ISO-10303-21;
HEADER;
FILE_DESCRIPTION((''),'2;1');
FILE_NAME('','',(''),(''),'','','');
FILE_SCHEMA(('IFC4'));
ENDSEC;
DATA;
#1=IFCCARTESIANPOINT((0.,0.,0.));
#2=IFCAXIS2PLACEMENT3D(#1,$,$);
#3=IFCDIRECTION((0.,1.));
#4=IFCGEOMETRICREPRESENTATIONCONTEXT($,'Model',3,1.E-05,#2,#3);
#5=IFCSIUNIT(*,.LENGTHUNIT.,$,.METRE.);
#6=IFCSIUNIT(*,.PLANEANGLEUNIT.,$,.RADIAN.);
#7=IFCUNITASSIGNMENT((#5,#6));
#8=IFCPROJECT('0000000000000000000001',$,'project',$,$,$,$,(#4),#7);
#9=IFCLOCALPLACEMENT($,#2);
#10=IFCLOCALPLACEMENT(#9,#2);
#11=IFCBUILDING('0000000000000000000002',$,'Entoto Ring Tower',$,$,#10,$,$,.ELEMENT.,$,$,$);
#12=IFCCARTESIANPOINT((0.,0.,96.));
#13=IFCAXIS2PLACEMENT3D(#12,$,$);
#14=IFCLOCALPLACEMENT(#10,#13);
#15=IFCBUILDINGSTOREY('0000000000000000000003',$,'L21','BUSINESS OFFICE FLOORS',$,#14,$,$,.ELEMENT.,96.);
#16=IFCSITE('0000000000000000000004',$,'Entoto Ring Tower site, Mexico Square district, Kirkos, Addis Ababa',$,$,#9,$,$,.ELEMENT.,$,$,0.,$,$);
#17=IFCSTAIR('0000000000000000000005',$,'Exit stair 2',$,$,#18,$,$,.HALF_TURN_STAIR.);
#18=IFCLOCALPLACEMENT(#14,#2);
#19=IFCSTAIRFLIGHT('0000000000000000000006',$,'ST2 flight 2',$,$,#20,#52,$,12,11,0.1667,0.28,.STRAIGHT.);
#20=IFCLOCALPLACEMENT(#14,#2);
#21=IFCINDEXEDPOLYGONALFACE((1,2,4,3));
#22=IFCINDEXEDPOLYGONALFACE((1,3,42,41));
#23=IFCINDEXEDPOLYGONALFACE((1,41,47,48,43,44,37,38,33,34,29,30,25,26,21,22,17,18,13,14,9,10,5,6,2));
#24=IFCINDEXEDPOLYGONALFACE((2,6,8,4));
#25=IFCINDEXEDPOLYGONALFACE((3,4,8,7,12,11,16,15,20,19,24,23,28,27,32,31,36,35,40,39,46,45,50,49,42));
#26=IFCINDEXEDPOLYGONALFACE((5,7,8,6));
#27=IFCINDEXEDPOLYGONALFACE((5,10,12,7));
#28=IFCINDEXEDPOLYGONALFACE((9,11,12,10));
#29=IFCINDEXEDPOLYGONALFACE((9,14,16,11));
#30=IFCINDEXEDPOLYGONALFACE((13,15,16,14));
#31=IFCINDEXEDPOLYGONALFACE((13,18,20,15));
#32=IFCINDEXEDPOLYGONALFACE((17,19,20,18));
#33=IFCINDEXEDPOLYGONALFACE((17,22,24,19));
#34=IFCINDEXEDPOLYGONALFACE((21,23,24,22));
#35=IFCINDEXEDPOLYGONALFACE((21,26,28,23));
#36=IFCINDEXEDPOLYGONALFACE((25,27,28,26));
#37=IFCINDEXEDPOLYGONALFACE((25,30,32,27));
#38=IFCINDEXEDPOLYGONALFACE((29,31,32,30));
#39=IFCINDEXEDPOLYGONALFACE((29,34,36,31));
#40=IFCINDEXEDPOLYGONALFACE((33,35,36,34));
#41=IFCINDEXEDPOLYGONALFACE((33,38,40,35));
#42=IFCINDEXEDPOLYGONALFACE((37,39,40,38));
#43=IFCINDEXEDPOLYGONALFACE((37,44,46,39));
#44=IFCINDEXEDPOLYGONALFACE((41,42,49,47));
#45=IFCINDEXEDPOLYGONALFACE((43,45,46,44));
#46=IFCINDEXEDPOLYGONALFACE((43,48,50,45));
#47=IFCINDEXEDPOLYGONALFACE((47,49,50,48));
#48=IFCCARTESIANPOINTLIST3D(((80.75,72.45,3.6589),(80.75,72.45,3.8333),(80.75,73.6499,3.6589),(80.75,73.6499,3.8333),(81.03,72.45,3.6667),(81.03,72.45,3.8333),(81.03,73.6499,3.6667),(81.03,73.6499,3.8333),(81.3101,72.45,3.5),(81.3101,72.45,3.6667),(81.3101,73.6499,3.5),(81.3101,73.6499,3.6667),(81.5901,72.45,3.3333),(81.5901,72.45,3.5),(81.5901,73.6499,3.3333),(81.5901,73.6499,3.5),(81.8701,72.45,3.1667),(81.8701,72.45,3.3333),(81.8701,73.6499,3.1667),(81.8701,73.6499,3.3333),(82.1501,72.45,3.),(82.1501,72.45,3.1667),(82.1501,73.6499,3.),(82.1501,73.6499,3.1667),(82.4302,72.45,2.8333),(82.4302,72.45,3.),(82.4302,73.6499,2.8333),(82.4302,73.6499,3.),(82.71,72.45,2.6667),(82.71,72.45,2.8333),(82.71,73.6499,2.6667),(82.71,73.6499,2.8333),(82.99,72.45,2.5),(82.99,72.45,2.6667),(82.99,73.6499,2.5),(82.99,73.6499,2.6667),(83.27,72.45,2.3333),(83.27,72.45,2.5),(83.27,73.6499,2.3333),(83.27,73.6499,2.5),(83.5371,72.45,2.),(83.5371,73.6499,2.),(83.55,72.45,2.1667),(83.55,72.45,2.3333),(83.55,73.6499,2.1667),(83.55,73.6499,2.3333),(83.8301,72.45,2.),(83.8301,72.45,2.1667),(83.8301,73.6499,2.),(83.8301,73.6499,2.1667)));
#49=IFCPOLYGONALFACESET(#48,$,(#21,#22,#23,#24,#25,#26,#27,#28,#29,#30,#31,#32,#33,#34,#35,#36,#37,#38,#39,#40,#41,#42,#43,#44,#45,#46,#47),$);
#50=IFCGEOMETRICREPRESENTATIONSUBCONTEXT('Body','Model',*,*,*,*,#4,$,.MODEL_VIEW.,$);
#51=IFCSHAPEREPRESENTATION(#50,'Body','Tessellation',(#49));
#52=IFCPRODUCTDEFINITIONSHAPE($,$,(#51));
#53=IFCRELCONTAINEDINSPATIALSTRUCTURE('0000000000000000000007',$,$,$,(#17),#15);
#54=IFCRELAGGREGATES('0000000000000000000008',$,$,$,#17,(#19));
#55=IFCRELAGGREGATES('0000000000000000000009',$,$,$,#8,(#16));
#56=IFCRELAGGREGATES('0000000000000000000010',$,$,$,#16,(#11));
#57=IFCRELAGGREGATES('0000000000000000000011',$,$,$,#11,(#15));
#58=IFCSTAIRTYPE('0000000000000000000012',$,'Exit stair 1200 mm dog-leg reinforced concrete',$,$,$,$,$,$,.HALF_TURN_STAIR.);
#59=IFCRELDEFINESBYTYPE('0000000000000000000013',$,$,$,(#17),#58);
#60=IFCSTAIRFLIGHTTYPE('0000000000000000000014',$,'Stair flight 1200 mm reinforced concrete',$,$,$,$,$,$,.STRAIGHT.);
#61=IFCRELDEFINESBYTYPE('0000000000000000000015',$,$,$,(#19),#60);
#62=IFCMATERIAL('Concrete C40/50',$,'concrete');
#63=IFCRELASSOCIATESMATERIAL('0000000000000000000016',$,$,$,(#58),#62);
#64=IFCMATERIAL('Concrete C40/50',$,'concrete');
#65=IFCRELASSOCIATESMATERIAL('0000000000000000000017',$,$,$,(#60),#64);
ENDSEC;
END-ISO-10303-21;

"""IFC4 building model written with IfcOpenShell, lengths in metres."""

from ifc_helpers import new_model, si_unit, direction, frame, origin, place, context, subcontext, project, spatial, polyline, outline, extrude, material, type_object, element, aggregate, save


model = new_model("IFC4")

# Units and contexts
model_context = context("Model", 3, precision=1e-05, world=origin(), true_north=direction((0.0, 1.0)))
body_context = subcontext(model_context, "Body", "Model", "MODEL_VIEW")
ifc_project = project(units=[si_unit("LENGTHUNIT", "METRE"), si_unit("PLANEANGLEUNIT", "RADIAN")], contexts=[model_context])

# Site, building, storey
site_placement = place(None, origin())
site = spatial("IfcSite", under=ifc_project, at=site_placement, Name="Entoto Ring Tower site, Mexico Square district, Kirkos, Addis Ababa", CompositionType="ELEMENT", RefElevation=0.0)
building_placement = place(site_placement, origin())
building = spatial("IfcBuilding", under=site, at=building_placement, Name="Entoto Ring Tower", CompositionType="ELEMENT")
storey_placement = place(building_placement, frame((0.0, 0.0, 96.0)))
storey = spatial("IfcBuildingStorey", under=building, at=storey_placement, Name="L21", Description="BUSINESS OFFICE FLOORS", CompositionType="ELEMENT", Elevation=96.0)

# Stair, stair flight
ifc_material_1 = material(Name="Concrete C40/50", Category="concrete")
stair_type = type_object("IfcStairType", Name="Exit stair 1200 mm dog-leg reinforced concrete", PredefinedType="HALF_TURN_STAIR", material=ifc_material_1)
stair_placement = place(storey_placement, origin())
stair = element("IfcStair", 1, at=stair_placement, inside=storey, type_object=stair_type, Name="Exit stair 2", PredefinedType="HALF_TURN_STAIR")
ifc_material_2 = material(Name="Concrete C40/50", Category="concrete")
stair_flight_type = type_object("IfcStairFlightType", Name="Stair flight 1200 mm reinforced concrete", PredefinedType="STRAIGHT", material=ifc_material_2)
stair_flight_placement = place(storey_placement, frame((83.8301, 73.05, 2.0), z_axis=(0.0, 0.0, 1.0), x_axis=(-1.0, 0.0, 0.0)))
stair_flight = element("IfcStairFlight", 2, at=stair_flight_placement, type_object=stair_flight_type, Name="ST2 flight 2", NumberOfRisers=12, NumberOfTreads=11, PredefinedType="STRAIGHT", RiserHeight=0.1667, TreadLength=0.28, context=body_context, shape_type="SweptSolid", body=[
    extrude(outline(polyline([(0.0, 0.0), (0.0, 0.1667), (0.28, 0.1667), (0.28, 0.3333), (0.5601, 0.3333), (0.5601, 0.5), (0.8401, 0.5), (0.8401, 0.6667), (1.1201, 0.6667), (1.1201, 0.8333), (1.3999, 0.8333), (1.3999, 1.0), (1.6799, 1.0), (1.6799, 1.1667), (1.96, 1.1667), (1.96, 1.3333), (2.24, 1.3333), (2.24, 1.5), (2.52, 1.5), (2.52, 1.6667), (2.8, 1.6667), (2.8, 1.8333), (3.0801, 1.8333), (3.0801, 2.0), (3.0801, 1.6589), (0.293, 0.0), (0.0, 0.0)])), frame((0.0, 0.6001, 0.0), z_axis=(0.0, -1.0, 0.0), x_axis=(1.0, 0.0, 0.0)), (0.0, 0.0, 1.0), 1.2),
])
aggregate(stair, [stair_flight])

save(model, "model.ifc")
